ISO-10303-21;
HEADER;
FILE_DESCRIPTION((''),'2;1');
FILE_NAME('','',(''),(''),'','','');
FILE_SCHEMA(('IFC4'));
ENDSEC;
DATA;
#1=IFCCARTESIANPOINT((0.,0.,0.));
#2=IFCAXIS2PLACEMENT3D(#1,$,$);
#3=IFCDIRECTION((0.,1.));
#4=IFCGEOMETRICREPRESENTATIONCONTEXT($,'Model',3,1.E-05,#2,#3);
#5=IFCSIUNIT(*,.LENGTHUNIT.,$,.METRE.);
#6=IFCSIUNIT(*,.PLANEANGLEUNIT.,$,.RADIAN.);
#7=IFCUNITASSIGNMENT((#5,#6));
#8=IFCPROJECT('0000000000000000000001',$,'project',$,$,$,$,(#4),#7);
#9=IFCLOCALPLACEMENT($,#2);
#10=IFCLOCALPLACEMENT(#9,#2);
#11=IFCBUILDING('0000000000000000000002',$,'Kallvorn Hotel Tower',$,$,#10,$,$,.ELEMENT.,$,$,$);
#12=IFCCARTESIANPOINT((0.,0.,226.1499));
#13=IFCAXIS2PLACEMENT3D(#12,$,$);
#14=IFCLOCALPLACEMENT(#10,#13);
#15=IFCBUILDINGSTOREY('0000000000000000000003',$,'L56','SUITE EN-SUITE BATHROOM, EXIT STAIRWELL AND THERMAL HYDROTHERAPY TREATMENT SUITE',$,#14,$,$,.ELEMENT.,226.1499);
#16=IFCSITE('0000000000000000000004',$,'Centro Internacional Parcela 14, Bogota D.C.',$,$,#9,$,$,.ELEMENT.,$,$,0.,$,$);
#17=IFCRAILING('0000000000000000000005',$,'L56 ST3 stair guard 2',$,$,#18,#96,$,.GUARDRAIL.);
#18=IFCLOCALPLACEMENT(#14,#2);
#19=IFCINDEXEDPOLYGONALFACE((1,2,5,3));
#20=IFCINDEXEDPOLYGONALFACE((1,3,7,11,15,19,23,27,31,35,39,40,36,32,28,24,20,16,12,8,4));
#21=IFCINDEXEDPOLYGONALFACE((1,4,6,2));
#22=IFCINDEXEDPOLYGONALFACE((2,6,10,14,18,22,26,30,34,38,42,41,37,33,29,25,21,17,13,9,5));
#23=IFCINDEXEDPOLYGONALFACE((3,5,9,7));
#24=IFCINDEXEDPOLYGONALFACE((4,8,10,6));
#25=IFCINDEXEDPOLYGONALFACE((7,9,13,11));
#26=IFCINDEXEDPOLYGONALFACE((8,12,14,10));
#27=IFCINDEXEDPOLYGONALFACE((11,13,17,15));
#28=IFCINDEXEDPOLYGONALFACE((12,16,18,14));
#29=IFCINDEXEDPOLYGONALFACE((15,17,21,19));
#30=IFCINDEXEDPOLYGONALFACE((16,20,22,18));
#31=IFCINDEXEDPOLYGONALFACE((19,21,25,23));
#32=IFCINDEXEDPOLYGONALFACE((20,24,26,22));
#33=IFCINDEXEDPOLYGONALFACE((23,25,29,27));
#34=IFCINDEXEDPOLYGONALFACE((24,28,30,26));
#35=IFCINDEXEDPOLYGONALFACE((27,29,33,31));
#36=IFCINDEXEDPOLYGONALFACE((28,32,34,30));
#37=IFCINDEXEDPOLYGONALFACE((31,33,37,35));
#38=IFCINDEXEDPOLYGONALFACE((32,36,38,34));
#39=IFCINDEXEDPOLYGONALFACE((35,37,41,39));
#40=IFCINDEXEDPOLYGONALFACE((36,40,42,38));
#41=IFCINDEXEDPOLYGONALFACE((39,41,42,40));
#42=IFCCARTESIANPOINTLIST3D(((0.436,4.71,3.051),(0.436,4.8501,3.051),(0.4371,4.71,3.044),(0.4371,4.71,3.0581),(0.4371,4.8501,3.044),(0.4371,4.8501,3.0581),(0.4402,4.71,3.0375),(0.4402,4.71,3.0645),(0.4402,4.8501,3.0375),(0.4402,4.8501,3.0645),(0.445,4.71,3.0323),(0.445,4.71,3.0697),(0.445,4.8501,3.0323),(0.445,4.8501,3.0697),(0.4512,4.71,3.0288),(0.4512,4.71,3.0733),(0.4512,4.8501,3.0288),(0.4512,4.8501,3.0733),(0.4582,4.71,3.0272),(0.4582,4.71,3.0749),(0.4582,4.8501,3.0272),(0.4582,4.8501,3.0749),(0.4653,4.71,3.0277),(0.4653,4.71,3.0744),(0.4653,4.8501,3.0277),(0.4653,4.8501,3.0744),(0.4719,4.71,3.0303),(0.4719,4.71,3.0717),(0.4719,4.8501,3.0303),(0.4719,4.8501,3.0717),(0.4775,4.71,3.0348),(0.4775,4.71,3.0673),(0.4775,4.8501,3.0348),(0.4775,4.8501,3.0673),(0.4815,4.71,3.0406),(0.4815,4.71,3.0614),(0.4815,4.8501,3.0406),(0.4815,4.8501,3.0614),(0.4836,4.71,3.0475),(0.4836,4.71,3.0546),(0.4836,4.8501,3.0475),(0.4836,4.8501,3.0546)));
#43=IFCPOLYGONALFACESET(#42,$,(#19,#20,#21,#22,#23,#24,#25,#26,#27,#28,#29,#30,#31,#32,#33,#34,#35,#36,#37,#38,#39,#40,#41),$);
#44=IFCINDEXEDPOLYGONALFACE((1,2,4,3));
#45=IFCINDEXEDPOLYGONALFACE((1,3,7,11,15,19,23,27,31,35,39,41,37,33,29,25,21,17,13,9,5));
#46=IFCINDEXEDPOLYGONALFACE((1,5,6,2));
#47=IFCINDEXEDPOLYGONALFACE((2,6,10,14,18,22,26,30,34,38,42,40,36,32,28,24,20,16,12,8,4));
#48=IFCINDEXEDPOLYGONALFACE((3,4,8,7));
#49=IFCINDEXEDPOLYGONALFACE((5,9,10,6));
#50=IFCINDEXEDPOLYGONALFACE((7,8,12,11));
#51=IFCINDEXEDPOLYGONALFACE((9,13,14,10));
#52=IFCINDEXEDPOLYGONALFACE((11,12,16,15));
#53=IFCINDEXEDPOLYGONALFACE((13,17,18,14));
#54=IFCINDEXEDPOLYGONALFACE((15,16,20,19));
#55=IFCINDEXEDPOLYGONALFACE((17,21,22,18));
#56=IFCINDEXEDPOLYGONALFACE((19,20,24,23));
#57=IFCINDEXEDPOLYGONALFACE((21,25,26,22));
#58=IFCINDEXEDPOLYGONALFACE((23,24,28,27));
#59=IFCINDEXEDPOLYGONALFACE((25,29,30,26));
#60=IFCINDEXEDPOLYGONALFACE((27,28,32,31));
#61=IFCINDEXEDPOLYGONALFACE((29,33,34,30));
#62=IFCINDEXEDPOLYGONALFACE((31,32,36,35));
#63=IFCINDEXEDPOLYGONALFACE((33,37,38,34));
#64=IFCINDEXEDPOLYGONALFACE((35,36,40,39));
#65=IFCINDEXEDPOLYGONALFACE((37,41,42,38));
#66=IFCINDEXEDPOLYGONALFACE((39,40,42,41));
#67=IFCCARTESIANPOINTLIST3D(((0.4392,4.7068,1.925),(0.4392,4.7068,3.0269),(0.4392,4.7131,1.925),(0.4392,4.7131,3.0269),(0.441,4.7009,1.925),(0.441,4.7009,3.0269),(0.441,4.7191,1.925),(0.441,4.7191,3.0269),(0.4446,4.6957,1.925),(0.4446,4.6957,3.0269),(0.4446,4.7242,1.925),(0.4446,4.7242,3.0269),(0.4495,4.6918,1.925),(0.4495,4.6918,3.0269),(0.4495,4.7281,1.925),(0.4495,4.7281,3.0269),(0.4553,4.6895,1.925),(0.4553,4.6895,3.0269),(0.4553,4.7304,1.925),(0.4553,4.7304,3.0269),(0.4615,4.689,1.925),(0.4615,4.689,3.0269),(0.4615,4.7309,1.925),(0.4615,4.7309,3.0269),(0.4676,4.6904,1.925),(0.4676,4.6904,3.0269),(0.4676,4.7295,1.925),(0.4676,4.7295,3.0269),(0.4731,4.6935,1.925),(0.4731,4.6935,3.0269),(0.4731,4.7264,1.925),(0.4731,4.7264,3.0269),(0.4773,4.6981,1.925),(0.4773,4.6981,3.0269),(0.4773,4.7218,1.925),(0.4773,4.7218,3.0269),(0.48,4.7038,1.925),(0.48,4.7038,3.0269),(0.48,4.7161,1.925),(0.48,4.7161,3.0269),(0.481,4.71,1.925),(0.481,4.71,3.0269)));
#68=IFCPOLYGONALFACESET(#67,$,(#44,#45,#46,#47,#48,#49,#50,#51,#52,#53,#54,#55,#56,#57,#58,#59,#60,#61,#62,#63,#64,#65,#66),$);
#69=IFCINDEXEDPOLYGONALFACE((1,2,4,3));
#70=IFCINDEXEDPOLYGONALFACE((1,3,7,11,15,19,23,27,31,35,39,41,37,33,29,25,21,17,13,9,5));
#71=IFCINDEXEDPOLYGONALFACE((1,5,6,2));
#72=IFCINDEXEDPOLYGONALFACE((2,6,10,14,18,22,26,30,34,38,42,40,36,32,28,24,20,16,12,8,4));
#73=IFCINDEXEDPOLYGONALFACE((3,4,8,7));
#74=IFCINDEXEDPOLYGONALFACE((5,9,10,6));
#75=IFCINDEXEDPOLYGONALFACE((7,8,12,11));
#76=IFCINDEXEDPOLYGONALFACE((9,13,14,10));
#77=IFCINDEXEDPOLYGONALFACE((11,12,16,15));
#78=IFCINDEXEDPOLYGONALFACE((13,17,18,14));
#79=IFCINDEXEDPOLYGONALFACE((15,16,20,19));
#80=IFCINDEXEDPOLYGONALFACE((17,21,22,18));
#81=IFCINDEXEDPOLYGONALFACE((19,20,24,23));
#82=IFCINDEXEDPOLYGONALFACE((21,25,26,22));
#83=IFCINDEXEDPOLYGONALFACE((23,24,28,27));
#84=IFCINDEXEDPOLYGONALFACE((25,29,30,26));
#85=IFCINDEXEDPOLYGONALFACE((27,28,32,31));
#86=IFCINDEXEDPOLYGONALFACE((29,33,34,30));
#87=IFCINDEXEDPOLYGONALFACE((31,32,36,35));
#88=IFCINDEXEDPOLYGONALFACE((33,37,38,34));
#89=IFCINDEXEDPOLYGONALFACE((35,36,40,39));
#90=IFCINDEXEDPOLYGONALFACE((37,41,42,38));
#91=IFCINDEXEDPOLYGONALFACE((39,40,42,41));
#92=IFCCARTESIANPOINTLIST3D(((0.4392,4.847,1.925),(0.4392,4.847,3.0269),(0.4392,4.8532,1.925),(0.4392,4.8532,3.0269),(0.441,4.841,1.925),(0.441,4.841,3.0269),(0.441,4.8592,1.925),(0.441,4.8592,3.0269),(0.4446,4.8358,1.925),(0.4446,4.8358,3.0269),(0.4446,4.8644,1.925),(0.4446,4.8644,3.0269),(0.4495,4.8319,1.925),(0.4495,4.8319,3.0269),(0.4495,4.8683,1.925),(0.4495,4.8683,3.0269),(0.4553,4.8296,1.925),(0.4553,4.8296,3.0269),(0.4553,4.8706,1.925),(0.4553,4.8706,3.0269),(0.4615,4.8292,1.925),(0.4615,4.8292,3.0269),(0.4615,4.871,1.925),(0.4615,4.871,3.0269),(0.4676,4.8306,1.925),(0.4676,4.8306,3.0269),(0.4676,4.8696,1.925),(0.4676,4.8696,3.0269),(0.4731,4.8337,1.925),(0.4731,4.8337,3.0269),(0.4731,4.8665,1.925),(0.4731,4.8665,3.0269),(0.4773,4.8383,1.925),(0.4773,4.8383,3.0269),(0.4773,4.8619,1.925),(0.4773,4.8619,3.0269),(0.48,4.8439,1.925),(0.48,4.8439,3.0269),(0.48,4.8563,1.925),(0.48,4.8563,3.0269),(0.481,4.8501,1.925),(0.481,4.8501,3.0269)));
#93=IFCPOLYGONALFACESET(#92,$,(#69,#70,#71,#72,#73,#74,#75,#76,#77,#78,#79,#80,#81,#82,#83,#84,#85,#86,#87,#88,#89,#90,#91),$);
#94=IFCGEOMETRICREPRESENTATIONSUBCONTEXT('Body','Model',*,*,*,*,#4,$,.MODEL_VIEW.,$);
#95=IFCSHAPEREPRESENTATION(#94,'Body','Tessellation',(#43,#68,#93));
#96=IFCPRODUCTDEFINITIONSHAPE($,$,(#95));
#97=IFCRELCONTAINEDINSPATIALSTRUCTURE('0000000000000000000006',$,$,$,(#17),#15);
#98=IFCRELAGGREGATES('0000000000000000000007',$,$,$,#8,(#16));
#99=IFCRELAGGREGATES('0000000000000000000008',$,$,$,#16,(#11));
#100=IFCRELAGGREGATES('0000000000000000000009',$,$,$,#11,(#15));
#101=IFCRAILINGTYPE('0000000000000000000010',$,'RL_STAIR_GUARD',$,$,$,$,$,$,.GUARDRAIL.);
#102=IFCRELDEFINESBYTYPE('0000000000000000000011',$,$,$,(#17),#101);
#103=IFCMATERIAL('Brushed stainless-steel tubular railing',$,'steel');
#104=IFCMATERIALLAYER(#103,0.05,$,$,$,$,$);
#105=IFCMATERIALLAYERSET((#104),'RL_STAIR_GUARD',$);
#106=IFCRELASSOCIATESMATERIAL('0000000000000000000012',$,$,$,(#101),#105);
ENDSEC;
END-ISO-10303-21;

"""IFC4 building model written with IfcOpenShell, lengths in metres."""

from ifc_helpers import new_model, si_unit, direction, frame, origin, origin_2d, place, context, subcontext, project, spatial, circle, extrude, material, layer, layer_set, type_object, element, save


model = new_model("IFC4")

# Units and contexts
model_context = context("Model", 3, precision=1e-05, world=origin(), true_north=direction((0.0, 1.0)))
body_context = subcontext(model_context, "Body", "Model", "MODEL_VIEW")
ifc_project = project(units=[si_unit("LENGTHUNIT", "METRE"), si_unit("PLANEANGLEUNIT", "RADIAN")], contexts=[model_context])

# Site, building, storey
site_placement = place(None, origin())
site = spatial("IfcSite", under=ifc_project, at=site_placement, Name="Centro Internacional Parcela 14, Bogota D.C.", CompositionType="ELEMENT", RefElevation=0.0)
building_placement = place(site_placement, origin())
building = spatial("IfcBuilding", under=site, at=building_placement, Name="Kallvorn Hotel Tower", CompositionType="ELEMENT")
storey_placement = place(building_placement, frame((0.0, 0.0, 226.1499)))
storey = spatial("IfcBuildingStorey", under=building, at=storey_placement, Name="L56", Description="SUITE EN-SUITE BATHROOM, EXIT STAIRWELL AND THERMAL HYDROTHERAPY TREATMENT SUITE", CompositionType="ELEMENT", Elevation=226.1499)

# Railing
ifc_material_1 = material(Name="Brushed stainless-steel tubular railing", Category="steel")
ifc_layer_1 = layer(ifc_material_1, 0.05)
ifc_layer_set_1 = layer_set([ifc_layer_1], Name="RL_STAIR_GUARD")
railing_type_1 = type_object("IfcRailingType", Name="RL_STAIR_GUARD", PredefinedType="GUARDRAIL", material=ifc_layer_set_1)
railing_1_placement = place(storey_placement, frame((0.46, 4.71, 1.925)))
element("IfcRailing", 1, at=railing_1_placement, inside=storey, type_object=railing_type_1, Name="L56 ST3 stair guard 2", PredefinedType="GUARDRAIL", context=body_context, shape_type="SweptSolid", body=[
    extrude(circle(Radius=0.0239, at=origin_2d()), frame((0.0, 0.0, 1.126), z_axis=(0.0, 1.0, 0.0), x_axis=(-1.0, 0.0, 0.0)), (0.0, 0.0, 1.0), 0.1401),
    extrude(circle(Radius=0.021, at=origin_2d()), origin(), (0.0, 0.0, 1.0), 1.1018),
    extrude(circle(Radius=0.021, at=origin_2d()), frame((0.0, 0.1401, 0.0)), (0.0, 0.0, 1.0), 1.1018),
])

save(model, "model.ifc")
